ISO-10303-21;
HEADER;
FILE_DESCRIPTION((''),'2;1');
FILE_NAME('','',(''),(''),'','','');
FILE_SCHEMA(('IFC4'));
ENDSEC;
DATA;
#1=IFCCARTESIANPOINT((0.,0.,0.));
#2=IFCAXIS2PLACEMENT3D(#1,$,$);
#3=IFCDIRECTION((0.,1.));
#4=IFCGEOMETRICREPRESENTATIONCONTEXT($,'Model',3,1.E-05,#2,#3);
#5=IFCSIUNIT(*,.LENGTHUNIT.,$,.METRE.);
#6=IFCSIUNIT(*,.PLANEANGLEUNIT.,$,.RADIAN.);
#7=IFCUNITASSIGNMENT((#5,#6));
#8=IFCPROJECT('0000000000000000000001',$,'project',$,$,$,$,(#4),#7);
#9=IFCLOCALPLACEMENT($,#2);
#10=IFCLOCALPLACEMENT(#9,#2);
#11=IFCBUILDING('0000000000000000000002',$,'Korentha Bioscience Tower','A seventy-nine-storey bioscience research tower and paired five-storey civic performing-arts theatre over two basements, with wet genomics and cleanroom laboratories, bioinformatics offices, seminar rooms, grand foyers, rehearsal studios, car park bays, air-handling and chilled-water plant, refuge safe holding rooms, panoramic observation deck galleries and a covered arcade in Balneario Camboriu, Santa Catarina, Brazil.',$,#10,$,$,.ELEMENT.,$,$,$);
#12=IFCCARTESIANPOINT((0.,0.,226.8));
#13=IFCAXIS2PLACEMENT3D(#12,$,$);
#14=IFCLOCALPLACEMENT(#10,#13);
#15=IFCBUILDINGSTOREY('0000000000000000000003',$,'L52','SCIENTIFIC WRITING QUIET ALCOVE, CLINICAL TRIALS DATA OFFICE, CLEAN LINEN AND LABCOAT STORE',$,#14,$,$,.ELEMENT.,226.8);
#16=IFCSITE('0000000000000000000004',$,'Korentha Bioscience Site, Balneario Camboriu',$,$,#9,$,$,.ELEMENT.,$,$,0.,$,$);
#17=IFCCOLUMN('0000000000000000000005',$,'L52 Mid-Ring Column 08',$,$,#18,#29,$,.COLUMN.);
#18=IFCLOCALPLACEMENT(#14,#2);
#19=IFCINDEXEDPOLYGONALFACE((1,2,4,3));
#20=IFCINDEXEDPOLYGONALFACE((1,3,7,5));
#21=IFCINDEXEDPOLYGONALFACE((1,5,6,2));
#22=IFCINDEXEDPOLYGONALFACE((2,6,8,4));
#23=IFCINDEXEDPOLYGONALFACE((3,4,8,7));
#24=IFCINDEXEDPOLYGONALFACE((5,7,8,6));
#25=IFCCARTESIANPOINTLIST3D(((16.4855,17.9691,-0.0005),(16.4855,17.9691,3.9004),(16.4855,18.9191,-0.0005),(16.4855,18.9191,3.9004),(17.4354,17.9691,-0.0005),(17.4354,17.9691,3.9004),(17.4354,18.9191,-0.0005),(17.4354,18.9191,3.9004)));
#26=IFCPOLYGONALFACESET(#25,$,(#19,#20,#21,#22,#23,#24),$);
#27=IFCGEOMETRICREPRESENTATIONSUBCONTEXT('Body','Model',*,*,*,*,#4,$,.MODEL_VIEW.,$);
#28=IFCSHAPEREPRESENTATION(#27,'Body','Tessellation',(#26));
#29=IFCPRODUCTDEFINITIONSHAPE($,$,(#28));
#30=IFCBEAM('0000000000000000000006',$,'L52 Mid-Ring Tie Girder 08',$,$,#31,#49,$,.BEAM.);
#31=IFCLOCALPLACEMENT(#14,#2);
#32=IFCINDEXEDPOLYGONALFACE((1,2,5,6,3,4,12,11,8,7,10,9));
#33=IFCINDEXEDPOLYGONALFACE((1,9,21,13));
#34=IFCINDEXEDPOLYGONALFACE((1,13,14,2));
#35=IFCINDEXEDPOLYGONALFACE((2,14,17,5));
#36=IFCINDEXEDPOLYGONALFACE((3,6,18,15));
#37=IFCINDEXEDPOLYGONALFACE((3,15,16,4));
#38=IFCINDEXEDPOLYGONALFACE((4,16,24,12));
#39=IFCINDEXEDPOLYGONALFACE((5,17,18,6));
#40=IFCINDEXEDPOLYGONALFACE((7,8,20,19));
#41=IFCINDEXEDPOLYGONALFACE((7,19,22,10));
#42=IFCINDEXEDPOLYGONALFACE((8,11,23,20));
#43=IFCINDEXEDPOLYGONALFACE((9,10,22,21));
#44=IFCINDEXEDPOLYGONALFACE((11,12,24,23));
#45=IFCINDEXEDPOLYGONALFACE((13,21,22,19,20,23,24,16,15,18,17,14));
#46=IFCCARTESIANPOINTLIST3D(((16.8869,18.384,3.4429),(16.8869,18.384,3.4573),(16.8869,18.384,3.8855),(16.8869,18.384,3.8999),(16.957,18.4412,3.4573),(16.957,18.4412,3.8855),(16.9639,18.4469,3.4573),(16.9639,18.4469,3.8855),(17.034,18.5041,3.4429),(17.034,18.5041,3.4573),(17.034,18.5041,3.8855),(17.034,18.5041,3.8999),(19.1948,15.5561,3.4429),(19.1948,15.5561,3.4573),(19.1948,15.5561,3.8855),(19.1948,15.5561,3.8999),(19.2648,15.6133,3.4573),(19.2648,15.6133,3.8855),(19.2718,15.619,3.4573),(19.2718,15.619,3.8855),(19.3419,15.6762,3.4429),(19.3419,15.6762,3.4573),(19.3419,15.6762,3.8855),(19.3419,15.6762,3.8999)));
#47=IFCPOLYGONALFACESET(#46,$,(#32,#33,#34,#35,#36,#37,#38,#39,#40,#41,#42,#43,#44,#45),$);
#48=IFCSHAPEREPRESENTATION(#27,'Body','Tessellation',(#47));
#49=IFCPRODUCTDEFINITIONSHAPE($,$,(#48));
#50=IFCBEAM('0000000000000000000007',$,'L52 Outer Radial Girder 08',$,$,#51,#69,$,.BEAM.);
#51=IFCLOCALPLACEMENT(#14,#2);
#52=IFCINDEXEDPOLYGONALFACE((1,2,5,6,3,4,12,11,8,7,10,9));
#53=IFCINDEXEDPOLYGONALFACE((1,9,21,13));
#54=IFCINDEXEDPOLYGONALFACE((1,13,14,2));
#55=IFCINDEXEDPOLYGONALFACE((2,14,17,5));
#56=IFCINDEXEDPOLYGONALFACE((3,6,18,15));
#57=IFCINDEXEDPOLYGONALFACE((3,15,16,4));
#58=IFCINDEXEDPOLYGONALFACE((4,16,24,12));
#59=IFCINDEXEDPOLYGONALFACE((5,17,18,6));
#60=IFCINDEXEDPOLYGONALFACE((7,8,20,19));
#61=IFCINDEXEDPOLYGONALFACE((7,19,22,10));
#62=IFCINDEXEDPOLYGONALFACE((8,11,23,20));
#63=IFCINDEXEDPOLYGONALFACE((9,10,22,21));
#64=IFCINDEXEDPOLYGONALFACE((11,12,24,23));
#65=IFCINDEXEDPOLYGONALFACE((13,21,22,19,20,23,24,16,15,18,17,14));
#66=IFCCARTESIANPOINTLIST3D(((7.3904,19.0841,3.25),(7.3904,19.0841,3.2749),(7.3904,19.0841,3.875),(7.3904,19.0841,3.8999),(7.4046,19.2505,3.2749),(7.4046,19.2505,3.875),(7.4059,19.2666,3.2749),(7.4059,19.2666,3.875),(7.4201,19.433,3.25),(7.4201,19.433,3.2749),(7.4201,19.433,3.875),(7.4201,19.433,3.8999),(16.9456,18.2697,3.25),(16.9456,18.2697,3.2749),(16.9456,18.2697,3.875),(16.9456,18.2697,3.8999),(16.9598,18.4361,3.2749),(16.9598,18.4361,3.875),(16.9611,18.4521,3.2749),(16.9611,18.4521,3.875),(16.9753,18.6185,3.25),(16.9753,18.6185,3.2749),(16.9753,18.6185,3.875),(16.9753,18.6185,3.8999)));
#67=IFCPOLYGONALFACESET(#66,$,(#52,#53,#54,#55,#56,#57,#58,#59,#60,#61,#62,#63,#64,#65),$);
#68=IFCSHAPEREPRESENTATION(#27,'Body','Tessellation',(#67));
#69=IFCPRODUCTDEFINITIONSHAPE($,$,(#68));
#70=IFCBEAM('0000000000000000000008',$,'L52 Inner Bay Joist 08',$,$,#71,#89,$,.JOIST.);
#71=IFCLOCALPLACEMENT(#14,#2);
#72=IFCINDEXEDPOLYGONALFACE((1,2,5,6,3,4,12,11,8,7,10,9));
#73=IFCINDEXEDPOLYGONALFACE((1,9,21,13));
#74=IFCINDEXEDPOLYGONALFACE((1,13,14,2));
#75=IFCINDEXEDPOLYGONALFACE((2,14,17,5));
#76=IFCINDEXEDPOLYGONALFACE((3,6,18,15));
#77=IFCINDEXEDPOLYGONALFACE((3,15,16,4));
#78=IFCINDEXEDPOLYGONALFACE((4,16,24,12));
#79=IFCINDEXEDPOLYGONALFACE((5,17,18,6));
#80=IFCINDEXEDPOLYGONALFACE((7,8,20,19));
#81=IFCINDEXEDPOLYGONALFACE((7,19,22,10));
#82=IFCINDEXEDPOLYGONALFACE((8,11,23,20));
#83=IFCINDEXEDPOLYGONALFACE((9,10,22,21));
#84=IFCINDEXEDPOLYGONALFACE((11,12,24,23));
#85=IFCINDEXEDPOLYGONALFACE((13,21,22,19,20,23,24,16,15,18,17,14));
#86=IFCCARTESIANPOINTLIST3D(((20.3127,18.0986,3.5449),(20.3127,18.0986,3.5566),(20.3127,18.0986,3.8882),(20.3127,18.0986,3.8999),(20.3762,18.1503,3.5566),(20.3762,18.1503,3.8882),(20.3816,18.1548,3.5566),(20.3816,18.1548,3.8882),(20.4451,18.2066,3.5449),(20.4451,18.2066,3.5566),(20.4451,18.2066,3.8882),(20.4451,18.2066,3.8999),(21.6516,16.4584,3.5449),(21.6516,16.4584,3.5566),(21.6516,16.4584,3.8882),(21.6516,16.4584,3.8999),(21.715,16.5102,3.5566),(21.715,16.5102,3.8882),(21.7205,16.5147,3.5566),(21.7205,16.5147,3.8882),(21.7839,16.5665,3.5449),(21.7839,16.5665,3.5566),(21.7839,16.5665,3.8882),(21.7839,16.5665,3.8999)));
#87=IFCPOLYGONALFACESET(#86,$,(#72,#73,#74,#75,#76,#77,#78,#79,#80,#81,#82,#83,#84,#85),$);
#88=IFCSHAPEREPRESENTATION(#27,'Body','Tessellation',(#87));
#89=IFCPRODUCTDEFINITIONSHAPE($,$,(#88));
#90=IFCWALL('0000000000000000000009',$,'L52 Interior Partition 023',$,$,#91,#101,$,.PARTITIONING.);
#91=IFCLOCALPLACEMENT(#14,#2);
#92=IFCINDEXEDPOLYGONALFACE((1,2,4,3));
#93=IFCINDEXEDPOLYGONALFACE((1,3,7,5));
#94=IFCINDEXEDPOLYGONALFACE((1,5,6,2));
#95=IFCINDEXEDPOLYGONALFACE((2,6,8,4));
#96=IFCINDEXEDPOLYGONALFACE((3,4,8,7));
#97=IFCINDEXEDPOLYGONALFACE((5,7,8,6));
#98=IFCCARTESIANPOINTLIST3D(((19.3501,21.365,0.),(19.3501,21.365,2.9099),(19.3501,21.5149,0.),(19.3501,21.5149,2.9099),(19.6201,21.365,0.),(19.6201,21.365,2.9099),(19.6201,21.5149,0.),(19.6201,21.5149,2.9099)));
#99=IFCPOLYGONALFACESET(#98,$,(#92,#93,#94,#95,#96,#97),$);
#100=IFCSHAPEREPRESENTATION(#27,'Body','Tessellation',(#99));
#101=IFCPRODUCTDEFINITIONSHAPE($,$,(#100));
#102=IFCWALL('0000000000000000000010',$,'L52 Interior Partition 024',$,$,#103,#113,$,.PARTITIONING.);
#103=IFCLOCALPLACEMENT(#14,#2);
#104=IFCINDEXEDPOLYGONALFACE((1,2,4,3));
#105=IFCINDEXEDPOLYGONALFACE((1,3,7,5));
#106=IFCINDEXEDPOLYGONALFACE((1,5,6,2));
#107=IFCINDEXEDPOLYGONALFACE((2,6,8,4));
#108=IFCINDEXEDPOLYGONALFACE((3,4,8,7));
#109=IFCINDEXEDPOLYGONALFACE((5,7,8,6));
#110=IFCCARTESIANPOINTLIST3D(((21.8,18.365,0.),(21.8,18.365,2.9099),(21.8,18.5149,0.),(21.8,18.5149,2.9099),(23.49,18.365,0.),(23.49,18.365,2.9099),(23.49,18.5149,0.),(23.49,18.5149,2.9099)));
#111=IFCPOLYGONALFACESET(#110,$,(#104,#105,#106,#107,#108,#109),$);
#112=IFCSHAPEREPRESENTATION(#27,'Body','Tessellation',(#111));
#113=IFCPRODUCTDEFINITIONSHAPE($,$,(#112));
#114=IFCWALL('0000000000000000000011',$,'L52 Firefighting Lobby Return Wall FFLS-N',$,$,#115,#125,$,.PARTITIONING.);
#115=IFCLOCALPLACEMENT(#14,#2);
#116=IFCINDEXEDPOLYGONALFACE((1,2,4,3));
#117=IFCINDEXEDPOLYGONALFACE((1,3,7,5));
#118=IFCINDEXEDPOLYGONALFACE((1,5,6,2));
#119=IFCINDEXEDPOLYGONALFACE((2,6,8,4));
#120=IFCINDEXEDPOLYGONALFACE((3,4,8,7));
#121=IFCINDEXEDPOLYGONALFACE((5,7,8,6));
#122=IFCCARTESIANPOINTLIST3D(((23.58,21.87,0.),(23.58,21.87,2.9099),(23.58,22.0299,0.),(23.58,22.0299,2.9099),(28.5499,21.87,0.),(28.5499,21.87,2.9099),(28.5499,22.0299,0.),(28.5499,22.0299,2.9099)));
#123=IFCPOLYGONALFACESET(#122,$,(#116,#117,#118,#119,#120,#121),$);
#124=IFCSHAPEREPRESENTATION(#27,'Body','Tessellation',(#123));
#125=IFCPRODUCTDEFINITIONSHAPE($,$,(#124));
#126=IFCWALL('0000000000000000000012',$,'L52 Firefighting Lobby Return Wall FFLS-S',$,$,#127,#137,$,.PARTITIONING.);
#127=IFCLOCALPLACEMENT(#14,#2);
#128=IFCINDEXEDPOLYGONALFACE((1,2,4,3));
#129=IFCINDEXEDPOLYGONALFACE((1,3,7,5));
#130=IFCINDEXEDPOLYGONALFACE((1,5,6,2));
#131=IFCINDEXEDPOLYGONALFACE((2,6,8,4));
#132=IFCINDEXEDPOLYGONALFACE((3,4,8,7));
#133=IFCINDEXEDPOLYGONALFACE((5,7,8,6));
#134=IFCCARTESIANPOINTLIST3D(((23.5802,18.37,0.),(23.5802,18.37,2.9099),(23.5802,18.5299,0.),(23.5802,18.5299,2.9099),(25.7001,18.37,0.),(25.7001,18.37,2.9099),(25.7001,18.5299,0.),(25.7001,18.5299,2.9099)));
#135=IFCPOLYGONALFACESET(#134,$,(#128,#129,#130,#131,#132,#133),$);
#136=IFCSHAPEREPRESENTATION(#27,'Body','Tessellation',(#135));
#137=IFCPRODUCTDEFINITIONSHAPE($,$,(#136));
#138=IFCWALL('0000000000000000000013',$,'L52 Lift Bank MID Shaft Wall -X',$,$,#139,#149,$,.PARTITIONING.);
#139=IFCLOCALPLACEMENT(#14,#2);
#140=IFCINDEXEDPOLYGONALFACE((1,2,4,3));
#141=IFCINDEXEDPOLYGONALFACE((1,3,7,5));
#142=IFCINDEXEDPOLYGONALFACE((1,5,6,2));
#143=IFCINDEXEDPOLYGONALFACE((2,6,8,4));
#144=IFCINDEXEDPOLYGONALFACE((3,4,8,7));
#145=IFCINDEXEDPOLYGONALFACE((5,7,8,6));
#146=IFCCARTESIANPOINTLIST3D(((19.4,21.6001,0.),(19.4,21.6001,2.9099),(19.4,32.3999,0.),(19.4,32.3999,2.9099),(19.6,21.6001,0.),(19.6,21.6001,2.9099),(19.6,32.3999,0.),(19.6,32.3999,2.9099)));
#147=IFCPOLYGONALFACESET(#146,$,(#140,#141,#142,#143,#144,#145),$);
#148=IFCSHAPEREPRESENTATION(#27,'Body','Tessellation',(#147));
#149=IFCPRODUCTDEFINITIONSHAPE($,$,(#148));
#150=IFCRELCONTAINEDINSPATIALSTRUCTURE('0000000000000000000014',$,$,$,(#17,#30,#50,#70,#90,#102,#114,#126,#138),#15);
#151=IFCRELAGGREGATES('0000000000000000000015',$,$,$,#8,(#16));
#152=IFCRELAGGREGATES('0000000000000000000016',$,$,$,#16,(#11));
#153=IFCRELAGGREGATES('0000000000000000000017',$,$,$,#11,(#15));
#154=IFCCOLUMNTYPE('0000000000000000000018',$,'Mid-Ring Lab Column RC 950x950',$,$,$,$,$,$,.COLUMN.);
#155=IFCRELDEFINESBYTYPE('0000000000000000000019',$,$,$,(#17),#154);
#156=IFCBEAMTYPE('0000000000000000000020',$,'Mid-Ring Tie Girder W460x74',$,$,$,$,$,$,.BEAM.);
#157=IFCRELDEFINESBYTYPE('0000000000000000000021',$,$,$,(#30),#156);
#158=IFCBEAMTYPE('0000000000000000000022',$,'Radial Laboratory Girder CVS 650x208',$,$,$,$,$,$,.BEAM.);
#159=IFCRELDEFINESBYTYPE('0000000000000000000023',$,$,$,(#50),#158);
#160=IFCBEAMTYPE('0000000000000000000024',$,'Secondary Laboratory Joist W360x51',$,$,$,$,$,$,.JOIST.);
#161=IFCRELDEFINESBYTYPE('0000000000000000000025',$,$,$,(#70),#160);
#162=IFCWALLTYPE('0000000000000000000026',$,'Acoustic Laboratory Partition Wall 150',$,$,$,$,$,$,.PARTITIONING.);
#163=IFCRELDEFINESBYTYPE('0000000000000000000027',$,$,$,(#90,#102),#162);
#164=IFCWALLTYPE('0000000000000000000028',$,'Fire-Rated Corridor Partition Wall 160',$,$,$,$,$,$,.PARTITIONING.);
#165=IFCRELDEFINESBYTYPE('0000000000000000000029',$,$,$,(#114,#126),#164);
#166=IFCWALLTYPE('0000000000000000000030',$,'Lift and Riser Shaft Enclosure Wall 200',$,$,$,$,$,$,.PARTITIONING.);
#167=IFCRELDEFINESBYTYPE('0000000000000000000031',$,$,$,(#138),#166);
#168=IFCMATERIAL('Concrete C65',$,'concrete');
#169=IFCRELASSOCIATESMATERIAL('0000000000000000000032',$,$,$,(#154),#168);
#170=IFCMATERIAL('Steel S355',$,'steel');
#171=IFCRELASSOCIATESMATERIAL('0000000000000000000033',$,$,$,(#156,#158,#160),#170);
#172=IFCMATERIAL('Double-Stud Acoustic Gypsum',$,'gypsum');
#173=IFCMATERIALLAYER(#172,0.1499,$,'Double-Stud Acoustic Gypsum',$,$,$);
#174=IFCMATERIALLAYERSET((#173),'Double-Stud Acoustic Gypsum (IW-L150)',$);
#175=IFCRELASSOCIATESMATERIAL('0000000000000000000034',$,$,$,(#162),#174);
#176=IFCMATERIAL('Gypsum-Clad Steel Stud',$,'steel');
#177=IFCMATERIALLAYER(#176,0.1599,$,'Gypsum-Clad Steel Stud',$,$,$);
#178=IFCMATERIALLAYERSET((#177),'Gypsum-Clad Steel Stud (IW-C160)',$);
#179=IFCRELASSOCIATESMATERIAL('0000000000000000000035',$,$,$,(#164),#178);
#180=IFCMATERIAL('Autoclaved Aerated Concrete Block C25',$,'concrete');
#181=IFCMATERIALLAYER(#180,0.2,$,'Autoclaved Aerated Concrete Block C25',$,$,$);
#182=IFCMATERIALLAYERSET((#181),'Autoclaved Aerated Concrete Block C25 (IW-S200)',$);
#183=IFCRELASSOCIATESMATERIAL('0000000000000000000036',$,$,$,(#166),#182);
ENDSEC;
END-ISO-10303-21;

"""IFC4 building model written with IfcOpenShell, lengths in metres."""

from ifc_helpers import new_model, si_unit, direction, frame, frame_2d, origin, origin_2d, place, context, subcontext, project, spatial, rectangle, i_section, extrude, material, layer, layer_set, material_profile, profile_set, type_object, element, save


model = new_model("IFC4")

# Units and contexts
model_context = context("Model", 3, precision=1e-05, world=origin(), true_north=direction((0.0, 1.0)))
body_context = subcontext(model_context, "Body", "Model", "MODEL_VIEW")
ifc_project = project(units=[si_unit("LENGTHUNIT", "METRE"), si_unit("PLANEANGLEUNIT", "RADIAN")], contexts=[model_context])

# Site, building, storey
site_placement = place(None, origin())
site = spatial("IfcSite", under=ifc_project, at=site_placement, Name="Korentha Bioscience Site, Balneario Camboriu", CompositionType="ELEMENT", RefElevation=0.0)
building_placement = place(site_placement, origin())
building = spatial("IfcBuilding", under=site, at=building_placement, Name="Korentha Bioscience Tower", Description="A seventy-nine-storey bioscience research tower and paired five-storey civic performing-arts theatre over two basements, with wet genomics and cleanroom laboratories, bioinformatics offices, seminar rooms, grand foyers, rehearsal studios, car park bays, air-handling and chilled-water plant, refuge safe holding rooms, panoramic observation deck galleries and a covered arcade in Balneario Camboriu, Santa Catarina, Brazil.", CompositionType="ELEMENT")
storey_placement = place(building_placement, frame((0.0, 0.0, 226.8)))
storey = spatial("IfcBuildingStorey", under=building, at=storey_placement, Name="L52", Description="SCIENTIFIC WRITING QUIET ALCOVE, CLINICAL TRIALS DATA OFFICE, CLEAN LINEN AND LABCOAT STORE", CompositionType="ELEMENT", Elevation=226.8)

# Column
ifc_material_1 = material(Name="Concrete C65", Category="concrete")
ifc_material_profile_1 = material_profile(ifc_material_1, rectangle(XDim=0.95, YDim=0.95, at=origin_2d()), Name="Concrete C65")
ifc_profile_set_1 = profile_set([ifc_material_profile_1], Name="Concrete C65 (COL-MR09)")
column_type = type_object("IfcColumnType", Name="Mid-Ring Lab Column RC 950x950", PredefinedType="COLUMN", material=ifc_profile_set_1)
column_placement = place(storey_placement, frame((16.9604, 18.4441, -0.0005), z_axis=(0.0, 0.0, 1.0), x_axis=(1.0, 0.0, 0.0)))
element("IfcColumn", 1, at=column_placement, inside=storey, type_object=column_type, Name="L52 Mid-Ring Column 08", PredefinedType="COLUMN", context=body_context, shape_type="SweptSolid", body=[
    extrude(rectangle(XDim=0.95, YDim=0.95, at=origin_2d()), origin(), (0.0, 0.0, 1.0), 3.9009),
])

# Beams
ifc_material_2 = material(Name="Steel S355", Category="steel")
ifc_material_profile_2 = material_profile(ifc_material_2, i_section(OverallWidth=0.1899, OverallDepth=0.457, WebThickness=0.009, FlangeThickness=0.0144, at=origin_2d()), Name="Steel S355")
ifc_profile_set_2 = profile_set([ifc_material_profile_2], Name="Steel S355 (MB-460)")
beam_type_1 = type_object("IfcBeamType", Name="Mid-Ring Tie Girder W460x74", PredefinedType="BEAM", material=ifc_profile_set_2)
beam_1_placement = place(storey_placement, frame((16.9604, 18.4441, 3.6714), z_axis=(0.632276, -0.774743, 0.0), x_axis=(0.774743, 0.632276, 0.0)))
element("IfcBeam", 2, at=beam_1_placement, inside=storey, type_object=beam_type_1, Name="L52 Mid-Ring Tie Girder 08", PredefinedType="BEAM", context=body_context, shape_type="SweptSolid", body=[
    extrude(i_section(OverallWidth=0.1899, OverallDepth=0.457, WebThickness=0.009, FlangeThickness=0.0144, at=origin_2d()), origin(), (0.0, 0.0, 1.0), 3.6501),
])
ifc_material_profile_3 = material_profile(ifc_material_2, i_section(OverallWidth=0.3501, OverallDepth=0.6499, WebThickness=0.0161, FlangeThickness=0.0249, at=origin_2d()), Name="Steel S355")
ifc_profile_set_3 = profile_set([ifc_material_profile_3], Name="Steel S355 (RB-650)")
beam_type_2 = type_object("IfcBeamType", Name="Radial Laboratory Girder CVS 650x208", PredefinedType="BEAM", material=ifc_profile_set_3)
beam_2_placement = place(storey_placement, frame((16.9604, 18.4441, 3.575), z_axis=(-0.996387, 0.084929, 0.0), x_axis=(-0.084929, -0.996387, 0.0)))
element("IfcBeam", 3, at=beam_2_placement, inside=storey, type_object=beam_type_2, Name="L52 Outer Radial Girder 08", PredefinedType="BEAM", context=body_context, shape_type="SweptSolid", body=[
    extrude(i_section(OverallWidth=0.3501, OverallDepth=0.6499, WebThickness=0.0161, FlangeThickness=0.0249, at=origin_2d()), origin(), (0.0, 0.0, 1.0), 9.5898),
])
ifc_material_profile_4 = material_profile(ifc_material_2, i_section(OverallWidth=0.1709, OverallDepth=0.355, WebThickness=0.0071, FlangeThickness=0.0117, at=origin_2d()), Name="Steel S355")
ifc_profile_set_4 = profile_set([ifc_material_profile_4], Name="Steel S355 (JB-360)")
beam_type_3 = type_object("IfcBeamType", Name="Secondary Laboratory Joist W360x51", PredefinedType="JOIST", material=ifc_profile_set_4)
beam_3_placement = place(storey_placement, frame((20.3789, 18.1526, 3.7224), z_axis=(0.632371, -0.774666, 0.0), x_axis=(0.774666, 0.632371, 0.0)))
element("IfcBeam", 4, at=beam_3_placement, inside=storey, type_object=beam_type_3, Name="L52 Inner Bay Joist 08", PredefinedType="JOIST", context=body_context, shape_type="SweptSolid", body=[
    extrude(i_section(OverallWidth=0.1709, OverallDepth=0.355, WebThickness=0.0071, FlangeThickness=0.0117, at=origin_2d()), origin(), (0.0, 0.0, 1.0), 2.1172),
])

# Shared definitions
ifc_material_3 = material(Name="Double-Stud Acoustic Gypsum", Category="gypsum")
ifc_layer_1 = layer(ifc_material_3, 0.1499, Name="Double-Stud Acoustic Gypsum")
ifc_layer_set_1 = layer_set([ifc_layer_1], Name="Double-Stud Acoustic Gypsum (IW-L150)")
wall_type_1 = type_object("IfcWallType", Name="Acoustic Laboratory Partition Wall 150", PredefinedType="PARTITIONING", material=ifc_layer_set_1)

# Walls
wall_1_placement = place(storey_placement, frame((19.3501, 21.4399, 0.0), z_axis=(0.0, 0.0, 1.0), x_axis=(1.0, 0.0, 0.0)))
element("IfcWall", 5, at=wall_1_placement, inside=storey, type_object=wall_type_1, Name="L52 Interior Partition 023", PredefinedType="PARTITIONING", context=body_context, shape_type="SweptSolid", body=[
    extrude(rectangle(XDim=0.27, YDim=0.1499, at=frame_2d((0.135, 0.0))), origin(), (0.0, 0.0, 1.0), 2.9099),
])
wall_2_placement = place(storey_placement, frame((21.8, 18.4399, 0.0), z_axis=(0.0, 0.0, 1.0), x_axis=(1.0, 0.0, 0.0)))
element("IfcWall", 6, at=wall_2_placement, inside=storey, type_object=wall_type_1, Name="L52 Interior Partition 024", PredefinedType="PARTITIONING", context=body_context, shape_type="SweptSolid", body=[
    extrude(rectangle(XDim=1.6899, YDim=0.1499, at=frame_2d((0.845, 0.0))), origin(), (0.0, 0.0, 1.0), 2.9099),
])

# Shared definitions
ifc_material_4 = material(Name="Gypsum-Clad Steel Stud", Category="steel")
ifc_layer_2 = layer(ifc_material_4, 0.1599, Name="Gypsum-Clad Steel Stud")
ifc_layer_set_2 = layer_set([ifc_layer_2], Name="Gypsum-Clad Steel Stud (IW-C160)")
wall_type_2 = type_object("IfcWallType", Name="Fire-Rated Corridor Partition Wall 160", PredefinedType="PARTITIONING", material=ifc_layer_set_2)

# Walls
wall_3_placement = place(storey_placement, frame((23.5801, 21.95, 0.0), z_axis=(0.0, 0.0, 1.0), x_axis=(1.0, 0.0, 0.0)))
element("IfcWall", 7, at=wall_3_placement, inside=storey, type_object=wall_type_2, Name="L52 Firefighting Lobby Return Wall FFLS-N", PredefinedType="PARTITIONING", context=body_context, shape_type="SweptSolid", body=[
    extrude(rectangle(XDim=4.97, YDim=0.1599, at=frame_2d((2.4849, 0.0))), origin(), (0.0, 0.0, 1.0), 2.9099),
])
wall_4_placement = place(storey_placement, frame((23.5801, 18.45, 0.0), z_axis=(0.0, 0.0, 1.0), x_axis=(1.0, 0.0, 0.0)))
element("IfcWall", 8, at=wall_4_placement, inside=storey, type_object=wall_type_2, Name="L52 Firefighting Lobby Return Wall FFLS-S", PredefinedType="PARTITIONING", context=body_context, shape_type="SweptSolid", body=[
    extrude(rectangle(XDim=2.1199, YDim=0.1599, at=frame_2d((1.0601, 0.0))), origin(), (0.0, 0.0, 1.0), 2.9099),
])
ifc_material_5 = material(Name="Autoclaved Aerated Concrete Block C25", Category="concrete")
ifc_layer_3 = layer(ifc_material_5, 0.2, Name="Autoclaved Aerated Concrete Block C25")
ifc_layer_set_3 = layer_set([ifc_layer_3], Name="Autoclaved Aerated Concrete Block C25 (IW-S200)")
wall_type_3 = type_object("IfcWallType", Name="Lift and Riser Shaft Enclosure Wall 200", PredefinedType="PARTITIONING", material=ifc_layer_set_3)
wall_5_placement = place(storey_placement, frame((19.5, 21.6001, 0.0), z_axis=(0.0, 0.0, 1.0), x_axis=(0.0, 1.0, 0.0)))
element("IfcWall", 9, at=wall_5_placement, inside=storey, type_object=wall_type_3, Name="L52 Lift Bank MID Shaft Wall -X", PredefinedType="PARTITIONING", context=body_context, shape_type="SweptSolid", body=[
    extrude(rectangle(XDim=10.7998, YDim=0.2, at=frame_2d((5.3999, 0.0))), origin(), (0.0, 0.0, 1.0), 2.9099),
])

save(model, "model.ifc")
